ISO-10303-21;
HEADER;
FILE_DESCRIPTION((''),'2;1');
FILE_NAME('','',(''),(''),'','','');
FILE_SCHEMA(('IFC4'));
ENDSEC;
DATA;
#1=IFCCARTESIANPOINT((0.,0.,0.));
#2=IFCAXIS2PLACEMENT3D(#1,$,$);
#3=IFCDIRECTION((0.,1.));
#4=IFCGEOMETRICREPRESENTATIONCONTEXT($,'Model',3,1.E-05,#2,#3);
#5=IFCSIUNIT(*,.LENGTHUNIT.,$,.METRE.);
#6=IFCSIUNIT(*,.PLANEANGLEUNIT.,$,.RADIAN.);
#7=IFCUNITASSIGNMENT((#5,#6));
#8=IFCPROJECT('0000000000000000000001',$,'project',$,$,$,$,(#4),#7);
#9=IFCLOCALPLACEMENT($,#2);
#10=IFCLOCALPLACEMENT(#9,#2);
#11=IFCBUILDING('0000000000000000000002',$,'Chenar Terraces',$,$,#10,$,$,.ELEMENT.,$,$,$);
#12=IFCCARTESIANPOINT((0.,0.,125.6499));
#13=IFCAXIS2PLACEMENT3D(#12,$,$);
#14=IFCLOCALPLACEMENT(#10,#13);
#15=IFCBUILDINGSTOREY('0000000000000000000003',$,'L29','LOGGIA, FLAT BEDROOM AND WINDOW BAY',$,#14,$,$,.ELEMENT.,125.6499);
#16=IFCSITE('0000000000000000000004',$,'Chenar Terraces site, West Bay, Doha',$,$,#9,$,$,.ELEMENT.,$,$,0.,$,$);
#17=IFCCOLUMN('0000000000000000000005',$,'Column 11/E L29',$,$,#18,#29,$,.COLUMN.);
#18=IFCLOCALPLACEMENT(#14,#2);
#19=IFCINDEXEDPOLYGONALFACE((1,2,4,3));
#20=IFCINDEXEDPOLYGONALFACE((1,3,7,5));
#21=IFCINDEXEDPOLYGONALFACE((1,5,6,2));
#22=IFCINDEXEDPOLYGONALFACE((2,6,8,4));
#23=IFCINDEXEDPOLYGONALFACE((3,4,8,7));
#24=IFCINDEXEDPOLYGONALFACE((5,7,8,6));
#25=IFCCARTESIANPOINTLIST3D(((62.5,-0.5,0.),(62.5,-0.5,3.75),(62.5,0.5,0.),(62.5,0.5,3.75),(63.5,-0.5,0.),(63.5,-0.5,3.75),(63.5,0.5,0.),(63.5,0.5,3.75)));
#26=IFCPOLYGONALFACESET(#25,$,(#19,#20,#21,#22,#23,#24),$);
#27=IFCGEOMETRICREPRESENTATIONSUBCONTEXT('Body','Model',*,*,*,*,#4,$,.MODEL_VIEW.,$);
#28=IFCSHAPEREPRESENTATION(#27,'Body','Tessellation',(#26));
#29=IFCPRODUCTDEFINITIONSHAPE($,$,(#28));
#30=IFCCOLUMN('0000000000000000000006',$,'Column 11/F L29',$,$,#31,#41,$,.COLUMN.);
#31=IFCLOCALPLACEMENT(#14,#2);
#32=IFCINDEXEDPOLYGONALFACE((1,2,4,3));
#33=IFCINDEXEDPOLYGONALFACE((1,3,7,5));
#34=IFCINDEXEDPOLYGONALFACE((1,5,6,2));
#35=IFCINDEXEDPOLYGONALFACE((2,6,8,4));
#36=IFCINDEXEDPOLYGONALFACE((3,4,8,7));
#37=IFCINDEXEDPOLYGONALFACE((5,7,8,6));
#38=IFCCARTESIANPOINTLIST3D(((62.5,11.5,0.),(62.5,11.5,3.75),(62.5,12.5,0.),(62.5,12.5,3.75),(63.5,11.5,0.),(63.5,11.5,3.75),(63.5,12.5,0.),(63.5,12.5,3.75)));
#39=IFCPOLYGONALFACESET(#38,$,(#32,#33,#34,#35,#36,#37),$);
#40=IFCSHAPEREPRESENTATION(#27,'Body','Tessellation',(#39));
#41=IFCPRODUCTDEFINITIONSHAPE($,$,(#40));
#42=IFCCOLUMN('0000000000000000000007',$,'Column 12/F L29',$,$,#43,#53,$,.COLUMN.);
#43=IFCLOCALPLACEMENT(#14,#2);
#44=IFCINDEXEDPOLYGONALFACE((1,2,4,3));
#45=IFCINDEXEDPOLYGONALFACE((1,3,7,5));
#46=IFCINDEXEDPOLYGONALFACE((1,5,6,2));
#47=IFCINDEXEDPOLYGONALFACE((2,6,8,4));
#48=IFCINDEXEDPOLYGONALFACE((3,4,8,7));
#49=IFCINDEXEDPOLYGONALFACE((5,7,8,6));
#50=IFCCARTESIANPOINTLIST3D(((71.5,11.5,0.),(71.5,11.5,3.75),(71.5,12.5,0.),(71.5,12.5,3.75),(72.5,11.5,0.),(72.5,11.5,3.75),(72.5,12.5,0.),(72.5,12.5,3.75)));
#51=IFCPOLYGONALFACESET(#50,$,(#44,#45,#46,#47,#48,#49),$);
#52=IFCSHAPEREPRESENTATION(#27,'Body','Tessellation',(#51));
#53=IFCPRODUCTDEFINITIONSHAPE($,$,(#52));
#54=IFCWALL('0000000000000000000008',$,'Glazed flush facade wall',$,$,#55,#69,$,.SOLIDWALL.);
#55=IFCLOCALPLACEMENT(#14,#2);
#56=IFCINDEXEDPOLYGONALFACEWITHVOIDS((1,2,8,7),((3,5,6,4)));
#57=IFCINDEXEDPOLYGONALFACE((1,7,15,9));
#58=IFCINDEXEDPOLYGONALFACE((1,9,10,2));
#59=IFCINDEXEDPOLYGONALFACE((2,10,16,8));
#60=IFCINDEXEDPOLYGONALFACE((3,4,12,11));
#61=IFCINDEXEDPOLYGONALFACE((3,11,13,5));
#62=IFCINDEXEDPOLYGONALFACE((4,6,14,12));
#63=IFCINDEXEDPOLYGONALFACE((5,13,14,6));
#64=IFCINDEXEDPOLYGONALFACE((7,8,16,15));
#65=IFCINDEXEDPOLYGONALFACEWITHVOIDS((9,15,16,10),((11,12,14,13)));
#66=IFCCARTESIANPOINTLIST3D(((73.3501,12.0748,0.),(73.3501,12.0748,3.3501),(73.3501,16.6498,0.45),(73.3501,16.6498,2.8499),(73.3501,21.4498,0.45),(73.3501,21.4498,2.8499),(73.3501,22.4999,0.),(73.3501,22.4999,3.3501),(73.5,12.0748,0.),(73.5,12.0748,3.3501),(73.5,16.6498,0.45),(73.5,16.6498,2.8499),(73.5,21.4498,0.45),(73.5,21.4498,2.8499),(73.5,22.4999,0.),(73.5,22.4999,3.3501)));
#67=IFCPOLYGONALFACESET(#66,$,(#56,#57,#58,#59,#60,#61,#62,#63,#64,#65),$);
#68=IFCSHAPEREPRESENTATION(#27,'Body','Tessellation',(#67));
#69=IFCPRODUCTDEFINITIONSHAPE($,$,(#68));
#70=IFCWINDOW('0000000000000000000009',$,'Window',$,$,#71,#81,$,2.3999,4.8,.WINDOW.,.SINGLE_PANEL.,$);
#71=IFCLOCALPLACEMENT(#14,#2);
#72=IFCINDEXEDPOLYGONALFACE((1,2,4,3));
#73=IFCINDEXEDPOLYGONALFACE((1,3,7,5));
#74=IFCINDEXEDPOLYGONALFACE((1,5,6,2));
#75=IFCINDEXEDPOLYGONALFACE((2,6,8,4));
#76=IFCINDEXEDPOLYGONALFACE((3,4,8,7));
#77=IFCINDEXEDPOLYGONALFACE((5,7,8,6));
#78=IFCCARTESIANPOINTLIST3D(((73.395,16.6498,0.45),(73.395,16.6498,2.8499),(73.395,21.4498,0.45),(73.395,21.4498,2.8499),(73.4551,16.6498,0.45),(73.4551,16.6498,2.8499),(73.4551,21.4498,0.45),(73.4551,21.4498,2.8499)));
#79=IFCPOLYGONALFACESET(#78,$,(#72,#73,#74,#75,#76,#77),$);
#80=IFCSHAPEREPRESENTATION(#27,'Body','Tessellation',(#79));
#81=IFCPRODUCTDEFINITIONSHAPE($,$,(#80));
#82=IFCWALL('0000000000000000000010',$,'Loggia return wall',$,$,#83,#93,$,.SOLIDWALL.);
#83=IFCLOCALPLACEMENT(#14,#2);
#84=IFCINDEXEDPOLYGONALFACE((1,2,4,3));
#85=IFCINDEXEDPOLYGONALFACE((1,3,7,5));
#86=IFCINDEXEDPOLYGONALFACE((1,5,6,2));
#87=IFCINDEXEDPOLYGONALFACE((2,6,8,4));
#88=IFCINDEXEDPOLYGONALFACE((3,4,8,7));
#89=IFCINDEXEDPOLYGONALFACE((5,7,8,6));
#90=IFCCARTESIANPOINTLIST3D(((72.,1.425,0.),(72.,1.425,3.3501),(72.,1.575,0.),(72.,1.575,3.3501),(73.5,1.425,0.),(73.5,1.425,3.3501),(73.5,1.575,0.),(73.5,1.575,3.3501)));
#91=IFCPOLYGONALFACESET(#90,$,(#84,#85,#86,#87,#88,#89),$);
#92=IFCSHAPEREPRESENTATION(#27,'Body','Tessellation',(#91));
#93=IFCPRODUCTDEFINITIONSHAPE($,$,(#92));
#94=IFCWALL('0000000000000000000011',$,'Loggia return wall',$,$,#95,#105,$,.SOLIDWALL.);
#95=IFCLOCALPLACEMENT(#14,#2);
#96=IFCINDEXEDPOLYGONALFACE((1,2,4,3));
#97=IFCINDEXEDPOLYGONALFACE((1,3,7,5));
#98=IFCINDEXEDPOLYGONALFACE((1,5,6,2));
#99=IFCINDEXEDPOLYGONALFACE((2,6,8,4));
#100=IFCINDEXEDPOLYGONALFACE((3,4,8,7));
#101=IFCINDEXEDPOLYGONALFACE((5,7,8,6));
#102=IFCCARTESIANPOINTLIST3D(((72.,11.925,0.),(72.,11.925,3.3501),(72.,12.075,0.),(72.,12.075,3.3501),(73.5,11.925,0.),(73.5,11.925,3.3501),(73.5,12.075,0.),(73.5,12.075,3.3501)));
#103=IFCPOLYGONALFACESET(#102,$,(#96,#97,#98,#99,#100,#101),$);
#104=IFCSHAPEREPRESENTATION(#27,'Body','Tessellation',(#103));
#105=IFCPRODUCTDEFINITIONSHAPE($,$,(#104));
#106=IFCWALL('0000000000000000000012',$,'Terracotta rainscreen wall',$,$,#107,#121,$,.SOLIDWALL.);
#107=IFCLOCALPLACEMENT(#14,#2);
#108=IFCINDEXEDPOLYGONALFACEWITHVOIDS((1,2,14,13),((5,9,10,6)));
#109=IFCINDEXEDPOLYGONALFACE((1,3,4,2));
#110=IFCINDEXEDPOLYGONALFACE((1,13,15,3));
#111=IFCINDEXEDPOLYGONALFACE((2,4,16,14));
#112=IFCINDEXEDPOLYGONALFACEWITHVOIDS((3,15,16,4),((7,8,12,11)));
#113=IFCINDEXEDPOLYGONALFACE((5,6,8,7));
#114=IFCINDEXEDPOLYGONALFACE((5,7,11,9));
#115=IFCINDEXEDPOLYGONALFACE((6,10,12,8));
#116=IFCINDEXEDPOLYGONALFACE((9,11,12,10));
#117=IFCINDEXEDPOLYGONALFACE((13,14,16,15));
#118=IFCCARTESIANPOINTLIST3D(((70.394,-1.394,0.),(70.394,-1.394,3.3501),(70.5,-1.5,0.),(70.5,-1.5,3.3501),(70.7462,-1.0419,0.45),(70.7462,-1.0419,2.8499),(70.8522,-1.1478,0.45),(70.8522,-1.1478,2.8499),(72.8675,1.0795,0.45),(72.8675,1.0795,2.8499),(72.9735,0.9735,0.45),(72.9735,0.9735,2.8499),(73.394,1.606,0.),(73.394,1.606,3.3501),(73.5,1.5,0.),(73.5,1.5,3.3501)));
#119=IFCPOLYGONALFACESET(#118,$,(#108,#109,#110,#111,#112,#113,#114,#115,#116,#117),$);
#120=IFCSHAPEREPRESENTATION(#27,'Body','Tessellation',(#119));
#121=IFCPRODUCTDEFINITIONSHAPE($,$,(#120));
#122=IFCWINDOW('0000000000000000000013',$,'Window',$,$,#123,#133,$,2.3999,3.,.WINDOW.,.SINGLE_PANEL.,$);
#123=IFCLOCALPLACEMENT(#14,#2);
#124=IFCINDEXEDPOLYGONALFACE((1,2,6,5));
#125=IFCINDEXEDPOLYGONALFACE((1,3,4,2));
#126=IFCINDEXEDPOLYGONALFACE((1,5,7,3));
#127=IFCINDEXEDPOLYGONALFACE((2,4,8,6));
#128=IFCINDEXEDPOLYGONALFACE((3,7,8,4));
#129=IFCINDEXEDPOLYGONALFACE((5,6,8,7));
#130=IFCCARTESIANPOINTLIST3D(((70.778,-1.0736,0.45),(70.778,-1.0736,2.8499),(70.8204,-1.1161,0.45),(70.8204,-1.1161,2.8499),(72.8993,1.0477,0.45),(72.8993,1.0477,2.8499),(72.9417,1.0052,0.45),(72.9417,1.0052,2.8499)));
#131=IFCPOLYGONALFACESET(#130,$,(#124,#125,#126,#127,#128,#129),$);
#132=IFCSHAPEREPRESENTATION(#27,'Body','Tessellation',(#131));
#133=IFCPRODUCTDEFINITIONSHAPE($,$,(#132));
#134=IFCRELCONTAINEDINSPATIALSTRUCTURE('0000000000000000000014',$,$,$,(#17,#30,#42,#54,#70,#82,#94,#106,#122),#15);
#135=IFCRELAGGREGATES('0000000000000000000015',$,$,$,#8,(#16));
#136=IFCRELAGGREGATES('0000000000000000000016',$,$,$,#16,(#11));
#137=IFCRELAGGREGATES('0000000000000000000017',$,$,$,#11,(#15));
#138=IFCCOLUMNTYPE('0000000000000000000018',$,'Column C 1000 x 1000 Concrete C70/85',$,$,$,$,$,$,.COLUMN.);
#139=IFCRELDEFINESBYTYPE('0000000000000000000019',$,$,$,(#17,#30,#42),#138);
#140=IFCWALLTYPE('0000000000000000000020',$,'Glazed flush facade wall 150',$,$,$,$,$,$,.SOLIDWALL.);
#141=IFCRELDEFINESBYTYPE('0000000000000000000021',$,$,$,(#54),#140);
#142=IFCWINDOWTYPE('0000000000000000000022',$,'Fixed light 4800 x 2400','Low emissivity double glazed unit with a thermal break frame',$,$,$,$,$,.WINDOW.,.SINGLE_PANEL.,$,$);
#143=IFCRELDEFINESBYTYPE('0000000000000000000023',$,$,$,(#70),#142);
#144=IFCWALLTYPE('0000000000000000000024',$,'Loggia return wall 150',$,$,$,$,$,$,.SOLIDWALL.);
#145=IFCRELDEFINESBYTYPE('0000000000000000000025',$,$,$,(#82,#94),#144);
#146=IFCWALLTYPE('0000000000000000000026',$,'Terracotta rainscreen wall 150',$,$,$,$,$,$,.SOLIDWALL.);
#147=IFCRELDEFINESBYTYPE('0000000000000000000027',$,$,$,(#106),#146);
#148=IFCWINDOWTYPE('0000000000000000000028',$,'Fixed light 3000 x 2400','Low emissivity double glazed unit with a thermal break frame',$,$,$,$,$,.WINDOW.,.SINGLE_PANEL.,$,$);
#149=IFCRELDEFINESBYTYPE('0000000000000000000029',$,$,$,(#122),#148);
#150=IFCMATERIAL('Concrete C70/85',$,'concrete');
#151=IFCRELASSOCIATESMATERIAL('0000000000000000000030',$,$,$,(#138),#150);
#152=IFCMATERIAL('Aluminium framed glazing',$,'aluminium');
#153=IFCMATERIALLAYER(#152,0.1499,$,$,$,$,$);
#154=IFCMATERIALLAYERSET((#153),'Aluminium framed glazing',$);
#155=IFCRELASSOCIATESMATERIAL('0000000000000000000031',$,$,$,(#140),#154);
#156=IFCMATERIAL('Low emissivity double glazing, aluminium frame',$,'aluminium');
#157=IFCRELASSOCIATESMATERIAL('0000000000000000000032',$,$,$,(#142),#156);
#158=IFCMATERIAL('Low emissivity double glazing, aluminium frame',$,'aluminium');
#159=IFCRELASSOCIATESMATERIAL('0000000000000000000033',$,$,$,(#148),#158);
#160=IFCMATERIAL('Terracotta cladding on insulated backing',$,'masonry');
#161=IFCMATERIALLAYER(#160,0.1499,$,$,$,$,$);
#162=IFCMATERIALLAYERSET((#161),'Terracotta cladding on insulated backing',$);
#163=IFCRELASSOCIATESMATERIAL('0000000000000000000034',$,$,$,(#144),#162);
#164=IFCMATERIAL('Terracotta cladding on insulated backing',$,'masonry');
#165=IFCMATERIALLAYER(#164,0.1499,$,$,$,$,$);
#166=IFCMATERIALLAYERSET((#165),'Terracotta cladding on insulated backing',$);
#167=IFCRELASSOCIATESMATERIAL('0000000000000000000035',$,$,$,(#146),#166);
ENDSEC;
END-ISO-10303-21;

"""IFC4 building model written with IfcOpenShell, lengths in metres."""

from ifc_helpers import new_model, si_unit, direction, frame, frame_2d, origin, origin_2d, place, context, subcontext, project, spatial, rectangle, extrude, material, layer, layer_set, material_profile, profile_set, type_object, element, fill, save


model = new_model("IFC4")

# Units and contexts
model_context = context("Model", 3, precision=1e-05, world=origin(), true_north=direction((0.0, 1.0)))
body_context = subcontext(model_context, "Body", "Model", "MODEL_VIEW")
ifc_project = project(units=[si_unit("LENGTHUNIT", "METRE"), si_unit("PLANEANGLEUNIT", "RADIAN")], contexts=[model_context])

# Site, building, storey
site_placement = place(None, origin())
site = spatial("IfcSite", under=ifc_project, at=site_placement, Name="Chenar Terraces site, West Bay, Doha", CompositionType="ELEMENT", RefElevation=0.0)
building_placement = place(site_placement, origin())
building = spatial("IfcBuilding", under=site, at=building_placement, Name="Chenar Terraces", CompositionType="ELEMENT")
storey_placement = place(building_placement, frame((0.0, 0.0, 125.6499)))
storey = spatial("IfcBuildingStorey", under=building, at=storey_placement, Name="L29", Description="LOGGIA, FLAT BEDROOM AND WINDOW BAY", CompositionType="ELEMENT", Elevation=125.6499)

# Columns
ifc_material_1 = material(Name="Concrete C70/85", Category="concrete")
ifc_material_profile = material_profile(ifc_material_1, rectangle(XDim=1.0, YDim=1.0, at=origin_2d()), Name="C 1000 x 1000")
ifc_profile_set = profile_set([ifc_material_profile], Name="Concrete C70/85")
column_type = type_object("IfcColumnType", Name="Column C 1000 x 1000 Concrete C70/85", PredefinedType="COLUMN", material=ifc_profile_set)
for number, where, z_axis, x_axis, name in (
    (1, (63.0, 0.0, 0.0), (0.0, 0.0, 1.0), (1.0, 0.0, 0.0), "Column 11/E L29"),
    (2, (63.0, 12.0, 0.0), (0.0, 0.0, 1.0), (1.0, 0.0, 0.0), "Column 11/F L29"),
    (3, (72.0, 12.0, 0.0), (0.0, 0.0, 1.0), (1.0, 0.0, 0.0), "Column 12/F L29"),
):
    element("IfcColumn", number, at=place(storey_placement, frame(where, z_axis=z_axis, x_axis=x_axis)), inside=storey, type_object=column_type, Name=name, PredefinedType="COLUMN", context=body_context, shape_type="SweptSolid", body=[
        extrude(rectangle(XDim=1.0, YDim=1.0, at=origin_2d()), origin(), (0.0, 0.0, 1.0), 3.75),
    ])

# Wall, opening, window
ifc_material_2 = material(Name="Aluminium framed glazing", Category="aluminium")
ifc_layer_1 = layer(ifc_material_2, 0.1499)
ifc_layer_set_1 = layer_set([ifc_layer_1], Name="Aluminium framed glazing")
wall_type_1 = type_object("IfcWallType", Name="Glazed flush facade wall 150", PredefinedType="SOLIDWALL", material=ifc_layer_set_1)
wall_1_placement = place(storey_placement, frame((73.425, 12.075, 0.0), z_axis=(0.0, 0.0, 1.0), x_axis=(0.0, 1.0, 0.0)))
wall_1 = element("IfcWall", 4, at=wall_1_placement, inside=storey, type_object=wall_type_1, Name="Glazed flush facade wall", PredefinedType="SOLIDWALL", context=body_context, shape_type="SweptSolid", body=[
    extrude(rectangle(XDim=10.425, YDim=0.1499, at=frame_2d((5.2124, 0.0))), origin(), (0.0, 0.0, 1.0), 3.3501),
])
opening_1_placement = place(wall_1_placement, frame((4.575, 0.0, 0.45)))
opening_1 = element("IfcOpeningElement", 5, at=opening_1_placement, cuts=wall_1, PredefinedType="OPENING", context=body_context, shape_type="SweptSolid", body=[
    extrude(rectangle(XDim=4.8, YDim=2.3999, at=frame_2d((2.3999, 1.2))), frame((0.0, 0.085, 0.0), z_axis=(0.0, -1.0, 0.0), x_axis=(1.0, 0.0, 0.0)), (0.0, 0.0, 1.0), 0.1699),
])
ifc_material_3 = material(Name="Low emissivity double glazing, aluminium frame", Category="aluminium")
window_type_1 = type_object("IfcWindowType", Name="Fixed light 4800 x 2400", Description="Low emissivity double glazed unit with a thermal break frame", PartitioningType="SINGLE_PANEL", PredefinedType="WINDOW", material=ifc_material_3)
window_1_placement = place(opening_1_placement, origin())
window_1 = element("IfcWindow", 6, at=window_1_placement, inside=storey, type_object=window_type_1, Name="Window", OverallHeight=2.3999, OverallWidth=4.8, PartitioningType="SINGLE_PANEL", PredefinedType="WINDOW", context=body_context, shape_type="SweptSolid", body=[
    extrude(rectangle(XDim=4.8, YDim=2.3999, at=frame_2d((2.3999, 1.2))), frame((0.0, 0.03, 0.0), z_axis=(0.0, -1.0, 0.0), x_axis=(1.0, 0.0, 0.0)), (0.0, 0.0, 1.0), 0.0601),
])
fill(opening_1, window_1)

# Shared definitions
ifc_material_4 = material(Name="Low emissivity double glazing, aluminium frame", Category="aluminium")
window_type_2 = type_object("IfcWindowType", Name="Fixed light 3000 x 2400", Description="Low emissivity double glazed unit with a thermal break frame", PartitioningType="SINGLE_PANEL", PredefinedType="WINDOW", material=ifc_material_4)

# Walls
ifc_material_5 = material(Name="Terracotta cladding on insulated backing", Category="masonry")
ifc_layer_2 = layer(ifc_material_5, 0.1499)
ifc_layer_set_2 = layer_set([ifc_layer_2], Name="Terracotta cladding on insulated backing")
wall_type_2 = type_object("IfcWallType", Name="Loggia return wall 150", PredefinedType="SOLIDWALL", material=ifc_layer_set_2)
for number, where, z_axis, x_axis, name in (
    (7, (73.5, 1.5, 0.0), (0.0, 0.0, 1.0), (-1.0, 0.0, 0.0), "Loggia return wall"),
    (8, (73.5, 12.0, 0.0), (0.0, 0.0, 1.0), (-1.0, 0.0, 0.0), "Loggia return wall"),
):
    element("IfcWall", number, at=place(storey_placement, frame(where, z_axis=z_axis, x_axis=x_axis)), inside=storey, type_object=wall_type_2, Name=name, PredefinedType="SOLIDWALL", context=body_context, shape_type="SweptSolid", body=[
        extrude(rectangle(XDim=1.5, YDim=0.1499, at=frame_2d((0.75, 0.0))), origin(), (0.0, 0.0, 1.0), 3.3501),
    ])

# Wall, opening, window
ifc_material_6 = material(Name="Terracotta cladding on insulated backing", Category="masonry")
ifc_layer_3 = layer(ifc_material_6, 0.1499)
ifc_layer_set_3 = layer_set([ifc_layer_3], Name="Terracotta cladding on insulated backing")
wall_type_3 = type_object("IfcWallType", Name="Terracotta rainscreen wall 150", PredefinedType="SOLIDWALL", material=ifc_layer_set_3)
wall_2_placement = place(storey_placement, frame((70.447, -1.447, 0.0), z_axis=(0.0, 0.0, 1.0), x_axis=(0.707107, 0.707107, 0.0)))
wall_2 = element("IfcWall", 9, at=wall_2_placement, inside=storey, type_object=wall_type_3, Name="Terracotta rainscreen wall", PredefinedType="SOLIDWALL", context=body_context, shape_type="SweptSolid", body=[
    extrude(rectangle(XDim=4.2427, YDim=0.1499, at=frame_2d((2.1213, 0.0))), origin(), (0.0, 0.0, 1.0), 3.3501),
])
opening_2_placement = place(wall_2_placement, frame((0.498, 0.0, 0.45)))
opening_2 = element("IfcOpeningElement", 10, at=opening_2_placement, cuts=wall_2, PredefinedType="OPENING", context=body_context, shape_type="SweptSolid", body=[
    extrude(rectangle(XDim=3.0, YDim=2.3999, at=frame_2d((1.5, 1.2))), frame((0.0, 0.085, 0.0), z_axis=(0.0, -1.0, 0.0), x_axis=(1.0, 0.0, 0.0)), (0.0, 0.0, 1.0), 0.1699),
])
window_2_placement = place(opening_2_placement, origin())
window_2 = element("IfcWindow", 11, at=window_2_placement, inside=storey, type_object=window_type_2, Name="Window", OverallHeight=2.3999, OverallWidth=3.0, PartitioningType="SINGLE_PANEL", PredefinedType="WINDOW", context=body_context, shape_type="SweptSolid", body=[
    extrude(rectangle(XDim=3.0, YDim=2.3999, at=frame_2d((1.5, 1.2))), frame((0.0, 0.03, 0.0), z_axis=(0.0, -1.0, 0.0), x_axis=(1.0, 0.0, 0.0)), (0.0, 0.0, 1.0), 0.0601),
])
fill(opening_2, window_2)

save(model, "model.ifc")
